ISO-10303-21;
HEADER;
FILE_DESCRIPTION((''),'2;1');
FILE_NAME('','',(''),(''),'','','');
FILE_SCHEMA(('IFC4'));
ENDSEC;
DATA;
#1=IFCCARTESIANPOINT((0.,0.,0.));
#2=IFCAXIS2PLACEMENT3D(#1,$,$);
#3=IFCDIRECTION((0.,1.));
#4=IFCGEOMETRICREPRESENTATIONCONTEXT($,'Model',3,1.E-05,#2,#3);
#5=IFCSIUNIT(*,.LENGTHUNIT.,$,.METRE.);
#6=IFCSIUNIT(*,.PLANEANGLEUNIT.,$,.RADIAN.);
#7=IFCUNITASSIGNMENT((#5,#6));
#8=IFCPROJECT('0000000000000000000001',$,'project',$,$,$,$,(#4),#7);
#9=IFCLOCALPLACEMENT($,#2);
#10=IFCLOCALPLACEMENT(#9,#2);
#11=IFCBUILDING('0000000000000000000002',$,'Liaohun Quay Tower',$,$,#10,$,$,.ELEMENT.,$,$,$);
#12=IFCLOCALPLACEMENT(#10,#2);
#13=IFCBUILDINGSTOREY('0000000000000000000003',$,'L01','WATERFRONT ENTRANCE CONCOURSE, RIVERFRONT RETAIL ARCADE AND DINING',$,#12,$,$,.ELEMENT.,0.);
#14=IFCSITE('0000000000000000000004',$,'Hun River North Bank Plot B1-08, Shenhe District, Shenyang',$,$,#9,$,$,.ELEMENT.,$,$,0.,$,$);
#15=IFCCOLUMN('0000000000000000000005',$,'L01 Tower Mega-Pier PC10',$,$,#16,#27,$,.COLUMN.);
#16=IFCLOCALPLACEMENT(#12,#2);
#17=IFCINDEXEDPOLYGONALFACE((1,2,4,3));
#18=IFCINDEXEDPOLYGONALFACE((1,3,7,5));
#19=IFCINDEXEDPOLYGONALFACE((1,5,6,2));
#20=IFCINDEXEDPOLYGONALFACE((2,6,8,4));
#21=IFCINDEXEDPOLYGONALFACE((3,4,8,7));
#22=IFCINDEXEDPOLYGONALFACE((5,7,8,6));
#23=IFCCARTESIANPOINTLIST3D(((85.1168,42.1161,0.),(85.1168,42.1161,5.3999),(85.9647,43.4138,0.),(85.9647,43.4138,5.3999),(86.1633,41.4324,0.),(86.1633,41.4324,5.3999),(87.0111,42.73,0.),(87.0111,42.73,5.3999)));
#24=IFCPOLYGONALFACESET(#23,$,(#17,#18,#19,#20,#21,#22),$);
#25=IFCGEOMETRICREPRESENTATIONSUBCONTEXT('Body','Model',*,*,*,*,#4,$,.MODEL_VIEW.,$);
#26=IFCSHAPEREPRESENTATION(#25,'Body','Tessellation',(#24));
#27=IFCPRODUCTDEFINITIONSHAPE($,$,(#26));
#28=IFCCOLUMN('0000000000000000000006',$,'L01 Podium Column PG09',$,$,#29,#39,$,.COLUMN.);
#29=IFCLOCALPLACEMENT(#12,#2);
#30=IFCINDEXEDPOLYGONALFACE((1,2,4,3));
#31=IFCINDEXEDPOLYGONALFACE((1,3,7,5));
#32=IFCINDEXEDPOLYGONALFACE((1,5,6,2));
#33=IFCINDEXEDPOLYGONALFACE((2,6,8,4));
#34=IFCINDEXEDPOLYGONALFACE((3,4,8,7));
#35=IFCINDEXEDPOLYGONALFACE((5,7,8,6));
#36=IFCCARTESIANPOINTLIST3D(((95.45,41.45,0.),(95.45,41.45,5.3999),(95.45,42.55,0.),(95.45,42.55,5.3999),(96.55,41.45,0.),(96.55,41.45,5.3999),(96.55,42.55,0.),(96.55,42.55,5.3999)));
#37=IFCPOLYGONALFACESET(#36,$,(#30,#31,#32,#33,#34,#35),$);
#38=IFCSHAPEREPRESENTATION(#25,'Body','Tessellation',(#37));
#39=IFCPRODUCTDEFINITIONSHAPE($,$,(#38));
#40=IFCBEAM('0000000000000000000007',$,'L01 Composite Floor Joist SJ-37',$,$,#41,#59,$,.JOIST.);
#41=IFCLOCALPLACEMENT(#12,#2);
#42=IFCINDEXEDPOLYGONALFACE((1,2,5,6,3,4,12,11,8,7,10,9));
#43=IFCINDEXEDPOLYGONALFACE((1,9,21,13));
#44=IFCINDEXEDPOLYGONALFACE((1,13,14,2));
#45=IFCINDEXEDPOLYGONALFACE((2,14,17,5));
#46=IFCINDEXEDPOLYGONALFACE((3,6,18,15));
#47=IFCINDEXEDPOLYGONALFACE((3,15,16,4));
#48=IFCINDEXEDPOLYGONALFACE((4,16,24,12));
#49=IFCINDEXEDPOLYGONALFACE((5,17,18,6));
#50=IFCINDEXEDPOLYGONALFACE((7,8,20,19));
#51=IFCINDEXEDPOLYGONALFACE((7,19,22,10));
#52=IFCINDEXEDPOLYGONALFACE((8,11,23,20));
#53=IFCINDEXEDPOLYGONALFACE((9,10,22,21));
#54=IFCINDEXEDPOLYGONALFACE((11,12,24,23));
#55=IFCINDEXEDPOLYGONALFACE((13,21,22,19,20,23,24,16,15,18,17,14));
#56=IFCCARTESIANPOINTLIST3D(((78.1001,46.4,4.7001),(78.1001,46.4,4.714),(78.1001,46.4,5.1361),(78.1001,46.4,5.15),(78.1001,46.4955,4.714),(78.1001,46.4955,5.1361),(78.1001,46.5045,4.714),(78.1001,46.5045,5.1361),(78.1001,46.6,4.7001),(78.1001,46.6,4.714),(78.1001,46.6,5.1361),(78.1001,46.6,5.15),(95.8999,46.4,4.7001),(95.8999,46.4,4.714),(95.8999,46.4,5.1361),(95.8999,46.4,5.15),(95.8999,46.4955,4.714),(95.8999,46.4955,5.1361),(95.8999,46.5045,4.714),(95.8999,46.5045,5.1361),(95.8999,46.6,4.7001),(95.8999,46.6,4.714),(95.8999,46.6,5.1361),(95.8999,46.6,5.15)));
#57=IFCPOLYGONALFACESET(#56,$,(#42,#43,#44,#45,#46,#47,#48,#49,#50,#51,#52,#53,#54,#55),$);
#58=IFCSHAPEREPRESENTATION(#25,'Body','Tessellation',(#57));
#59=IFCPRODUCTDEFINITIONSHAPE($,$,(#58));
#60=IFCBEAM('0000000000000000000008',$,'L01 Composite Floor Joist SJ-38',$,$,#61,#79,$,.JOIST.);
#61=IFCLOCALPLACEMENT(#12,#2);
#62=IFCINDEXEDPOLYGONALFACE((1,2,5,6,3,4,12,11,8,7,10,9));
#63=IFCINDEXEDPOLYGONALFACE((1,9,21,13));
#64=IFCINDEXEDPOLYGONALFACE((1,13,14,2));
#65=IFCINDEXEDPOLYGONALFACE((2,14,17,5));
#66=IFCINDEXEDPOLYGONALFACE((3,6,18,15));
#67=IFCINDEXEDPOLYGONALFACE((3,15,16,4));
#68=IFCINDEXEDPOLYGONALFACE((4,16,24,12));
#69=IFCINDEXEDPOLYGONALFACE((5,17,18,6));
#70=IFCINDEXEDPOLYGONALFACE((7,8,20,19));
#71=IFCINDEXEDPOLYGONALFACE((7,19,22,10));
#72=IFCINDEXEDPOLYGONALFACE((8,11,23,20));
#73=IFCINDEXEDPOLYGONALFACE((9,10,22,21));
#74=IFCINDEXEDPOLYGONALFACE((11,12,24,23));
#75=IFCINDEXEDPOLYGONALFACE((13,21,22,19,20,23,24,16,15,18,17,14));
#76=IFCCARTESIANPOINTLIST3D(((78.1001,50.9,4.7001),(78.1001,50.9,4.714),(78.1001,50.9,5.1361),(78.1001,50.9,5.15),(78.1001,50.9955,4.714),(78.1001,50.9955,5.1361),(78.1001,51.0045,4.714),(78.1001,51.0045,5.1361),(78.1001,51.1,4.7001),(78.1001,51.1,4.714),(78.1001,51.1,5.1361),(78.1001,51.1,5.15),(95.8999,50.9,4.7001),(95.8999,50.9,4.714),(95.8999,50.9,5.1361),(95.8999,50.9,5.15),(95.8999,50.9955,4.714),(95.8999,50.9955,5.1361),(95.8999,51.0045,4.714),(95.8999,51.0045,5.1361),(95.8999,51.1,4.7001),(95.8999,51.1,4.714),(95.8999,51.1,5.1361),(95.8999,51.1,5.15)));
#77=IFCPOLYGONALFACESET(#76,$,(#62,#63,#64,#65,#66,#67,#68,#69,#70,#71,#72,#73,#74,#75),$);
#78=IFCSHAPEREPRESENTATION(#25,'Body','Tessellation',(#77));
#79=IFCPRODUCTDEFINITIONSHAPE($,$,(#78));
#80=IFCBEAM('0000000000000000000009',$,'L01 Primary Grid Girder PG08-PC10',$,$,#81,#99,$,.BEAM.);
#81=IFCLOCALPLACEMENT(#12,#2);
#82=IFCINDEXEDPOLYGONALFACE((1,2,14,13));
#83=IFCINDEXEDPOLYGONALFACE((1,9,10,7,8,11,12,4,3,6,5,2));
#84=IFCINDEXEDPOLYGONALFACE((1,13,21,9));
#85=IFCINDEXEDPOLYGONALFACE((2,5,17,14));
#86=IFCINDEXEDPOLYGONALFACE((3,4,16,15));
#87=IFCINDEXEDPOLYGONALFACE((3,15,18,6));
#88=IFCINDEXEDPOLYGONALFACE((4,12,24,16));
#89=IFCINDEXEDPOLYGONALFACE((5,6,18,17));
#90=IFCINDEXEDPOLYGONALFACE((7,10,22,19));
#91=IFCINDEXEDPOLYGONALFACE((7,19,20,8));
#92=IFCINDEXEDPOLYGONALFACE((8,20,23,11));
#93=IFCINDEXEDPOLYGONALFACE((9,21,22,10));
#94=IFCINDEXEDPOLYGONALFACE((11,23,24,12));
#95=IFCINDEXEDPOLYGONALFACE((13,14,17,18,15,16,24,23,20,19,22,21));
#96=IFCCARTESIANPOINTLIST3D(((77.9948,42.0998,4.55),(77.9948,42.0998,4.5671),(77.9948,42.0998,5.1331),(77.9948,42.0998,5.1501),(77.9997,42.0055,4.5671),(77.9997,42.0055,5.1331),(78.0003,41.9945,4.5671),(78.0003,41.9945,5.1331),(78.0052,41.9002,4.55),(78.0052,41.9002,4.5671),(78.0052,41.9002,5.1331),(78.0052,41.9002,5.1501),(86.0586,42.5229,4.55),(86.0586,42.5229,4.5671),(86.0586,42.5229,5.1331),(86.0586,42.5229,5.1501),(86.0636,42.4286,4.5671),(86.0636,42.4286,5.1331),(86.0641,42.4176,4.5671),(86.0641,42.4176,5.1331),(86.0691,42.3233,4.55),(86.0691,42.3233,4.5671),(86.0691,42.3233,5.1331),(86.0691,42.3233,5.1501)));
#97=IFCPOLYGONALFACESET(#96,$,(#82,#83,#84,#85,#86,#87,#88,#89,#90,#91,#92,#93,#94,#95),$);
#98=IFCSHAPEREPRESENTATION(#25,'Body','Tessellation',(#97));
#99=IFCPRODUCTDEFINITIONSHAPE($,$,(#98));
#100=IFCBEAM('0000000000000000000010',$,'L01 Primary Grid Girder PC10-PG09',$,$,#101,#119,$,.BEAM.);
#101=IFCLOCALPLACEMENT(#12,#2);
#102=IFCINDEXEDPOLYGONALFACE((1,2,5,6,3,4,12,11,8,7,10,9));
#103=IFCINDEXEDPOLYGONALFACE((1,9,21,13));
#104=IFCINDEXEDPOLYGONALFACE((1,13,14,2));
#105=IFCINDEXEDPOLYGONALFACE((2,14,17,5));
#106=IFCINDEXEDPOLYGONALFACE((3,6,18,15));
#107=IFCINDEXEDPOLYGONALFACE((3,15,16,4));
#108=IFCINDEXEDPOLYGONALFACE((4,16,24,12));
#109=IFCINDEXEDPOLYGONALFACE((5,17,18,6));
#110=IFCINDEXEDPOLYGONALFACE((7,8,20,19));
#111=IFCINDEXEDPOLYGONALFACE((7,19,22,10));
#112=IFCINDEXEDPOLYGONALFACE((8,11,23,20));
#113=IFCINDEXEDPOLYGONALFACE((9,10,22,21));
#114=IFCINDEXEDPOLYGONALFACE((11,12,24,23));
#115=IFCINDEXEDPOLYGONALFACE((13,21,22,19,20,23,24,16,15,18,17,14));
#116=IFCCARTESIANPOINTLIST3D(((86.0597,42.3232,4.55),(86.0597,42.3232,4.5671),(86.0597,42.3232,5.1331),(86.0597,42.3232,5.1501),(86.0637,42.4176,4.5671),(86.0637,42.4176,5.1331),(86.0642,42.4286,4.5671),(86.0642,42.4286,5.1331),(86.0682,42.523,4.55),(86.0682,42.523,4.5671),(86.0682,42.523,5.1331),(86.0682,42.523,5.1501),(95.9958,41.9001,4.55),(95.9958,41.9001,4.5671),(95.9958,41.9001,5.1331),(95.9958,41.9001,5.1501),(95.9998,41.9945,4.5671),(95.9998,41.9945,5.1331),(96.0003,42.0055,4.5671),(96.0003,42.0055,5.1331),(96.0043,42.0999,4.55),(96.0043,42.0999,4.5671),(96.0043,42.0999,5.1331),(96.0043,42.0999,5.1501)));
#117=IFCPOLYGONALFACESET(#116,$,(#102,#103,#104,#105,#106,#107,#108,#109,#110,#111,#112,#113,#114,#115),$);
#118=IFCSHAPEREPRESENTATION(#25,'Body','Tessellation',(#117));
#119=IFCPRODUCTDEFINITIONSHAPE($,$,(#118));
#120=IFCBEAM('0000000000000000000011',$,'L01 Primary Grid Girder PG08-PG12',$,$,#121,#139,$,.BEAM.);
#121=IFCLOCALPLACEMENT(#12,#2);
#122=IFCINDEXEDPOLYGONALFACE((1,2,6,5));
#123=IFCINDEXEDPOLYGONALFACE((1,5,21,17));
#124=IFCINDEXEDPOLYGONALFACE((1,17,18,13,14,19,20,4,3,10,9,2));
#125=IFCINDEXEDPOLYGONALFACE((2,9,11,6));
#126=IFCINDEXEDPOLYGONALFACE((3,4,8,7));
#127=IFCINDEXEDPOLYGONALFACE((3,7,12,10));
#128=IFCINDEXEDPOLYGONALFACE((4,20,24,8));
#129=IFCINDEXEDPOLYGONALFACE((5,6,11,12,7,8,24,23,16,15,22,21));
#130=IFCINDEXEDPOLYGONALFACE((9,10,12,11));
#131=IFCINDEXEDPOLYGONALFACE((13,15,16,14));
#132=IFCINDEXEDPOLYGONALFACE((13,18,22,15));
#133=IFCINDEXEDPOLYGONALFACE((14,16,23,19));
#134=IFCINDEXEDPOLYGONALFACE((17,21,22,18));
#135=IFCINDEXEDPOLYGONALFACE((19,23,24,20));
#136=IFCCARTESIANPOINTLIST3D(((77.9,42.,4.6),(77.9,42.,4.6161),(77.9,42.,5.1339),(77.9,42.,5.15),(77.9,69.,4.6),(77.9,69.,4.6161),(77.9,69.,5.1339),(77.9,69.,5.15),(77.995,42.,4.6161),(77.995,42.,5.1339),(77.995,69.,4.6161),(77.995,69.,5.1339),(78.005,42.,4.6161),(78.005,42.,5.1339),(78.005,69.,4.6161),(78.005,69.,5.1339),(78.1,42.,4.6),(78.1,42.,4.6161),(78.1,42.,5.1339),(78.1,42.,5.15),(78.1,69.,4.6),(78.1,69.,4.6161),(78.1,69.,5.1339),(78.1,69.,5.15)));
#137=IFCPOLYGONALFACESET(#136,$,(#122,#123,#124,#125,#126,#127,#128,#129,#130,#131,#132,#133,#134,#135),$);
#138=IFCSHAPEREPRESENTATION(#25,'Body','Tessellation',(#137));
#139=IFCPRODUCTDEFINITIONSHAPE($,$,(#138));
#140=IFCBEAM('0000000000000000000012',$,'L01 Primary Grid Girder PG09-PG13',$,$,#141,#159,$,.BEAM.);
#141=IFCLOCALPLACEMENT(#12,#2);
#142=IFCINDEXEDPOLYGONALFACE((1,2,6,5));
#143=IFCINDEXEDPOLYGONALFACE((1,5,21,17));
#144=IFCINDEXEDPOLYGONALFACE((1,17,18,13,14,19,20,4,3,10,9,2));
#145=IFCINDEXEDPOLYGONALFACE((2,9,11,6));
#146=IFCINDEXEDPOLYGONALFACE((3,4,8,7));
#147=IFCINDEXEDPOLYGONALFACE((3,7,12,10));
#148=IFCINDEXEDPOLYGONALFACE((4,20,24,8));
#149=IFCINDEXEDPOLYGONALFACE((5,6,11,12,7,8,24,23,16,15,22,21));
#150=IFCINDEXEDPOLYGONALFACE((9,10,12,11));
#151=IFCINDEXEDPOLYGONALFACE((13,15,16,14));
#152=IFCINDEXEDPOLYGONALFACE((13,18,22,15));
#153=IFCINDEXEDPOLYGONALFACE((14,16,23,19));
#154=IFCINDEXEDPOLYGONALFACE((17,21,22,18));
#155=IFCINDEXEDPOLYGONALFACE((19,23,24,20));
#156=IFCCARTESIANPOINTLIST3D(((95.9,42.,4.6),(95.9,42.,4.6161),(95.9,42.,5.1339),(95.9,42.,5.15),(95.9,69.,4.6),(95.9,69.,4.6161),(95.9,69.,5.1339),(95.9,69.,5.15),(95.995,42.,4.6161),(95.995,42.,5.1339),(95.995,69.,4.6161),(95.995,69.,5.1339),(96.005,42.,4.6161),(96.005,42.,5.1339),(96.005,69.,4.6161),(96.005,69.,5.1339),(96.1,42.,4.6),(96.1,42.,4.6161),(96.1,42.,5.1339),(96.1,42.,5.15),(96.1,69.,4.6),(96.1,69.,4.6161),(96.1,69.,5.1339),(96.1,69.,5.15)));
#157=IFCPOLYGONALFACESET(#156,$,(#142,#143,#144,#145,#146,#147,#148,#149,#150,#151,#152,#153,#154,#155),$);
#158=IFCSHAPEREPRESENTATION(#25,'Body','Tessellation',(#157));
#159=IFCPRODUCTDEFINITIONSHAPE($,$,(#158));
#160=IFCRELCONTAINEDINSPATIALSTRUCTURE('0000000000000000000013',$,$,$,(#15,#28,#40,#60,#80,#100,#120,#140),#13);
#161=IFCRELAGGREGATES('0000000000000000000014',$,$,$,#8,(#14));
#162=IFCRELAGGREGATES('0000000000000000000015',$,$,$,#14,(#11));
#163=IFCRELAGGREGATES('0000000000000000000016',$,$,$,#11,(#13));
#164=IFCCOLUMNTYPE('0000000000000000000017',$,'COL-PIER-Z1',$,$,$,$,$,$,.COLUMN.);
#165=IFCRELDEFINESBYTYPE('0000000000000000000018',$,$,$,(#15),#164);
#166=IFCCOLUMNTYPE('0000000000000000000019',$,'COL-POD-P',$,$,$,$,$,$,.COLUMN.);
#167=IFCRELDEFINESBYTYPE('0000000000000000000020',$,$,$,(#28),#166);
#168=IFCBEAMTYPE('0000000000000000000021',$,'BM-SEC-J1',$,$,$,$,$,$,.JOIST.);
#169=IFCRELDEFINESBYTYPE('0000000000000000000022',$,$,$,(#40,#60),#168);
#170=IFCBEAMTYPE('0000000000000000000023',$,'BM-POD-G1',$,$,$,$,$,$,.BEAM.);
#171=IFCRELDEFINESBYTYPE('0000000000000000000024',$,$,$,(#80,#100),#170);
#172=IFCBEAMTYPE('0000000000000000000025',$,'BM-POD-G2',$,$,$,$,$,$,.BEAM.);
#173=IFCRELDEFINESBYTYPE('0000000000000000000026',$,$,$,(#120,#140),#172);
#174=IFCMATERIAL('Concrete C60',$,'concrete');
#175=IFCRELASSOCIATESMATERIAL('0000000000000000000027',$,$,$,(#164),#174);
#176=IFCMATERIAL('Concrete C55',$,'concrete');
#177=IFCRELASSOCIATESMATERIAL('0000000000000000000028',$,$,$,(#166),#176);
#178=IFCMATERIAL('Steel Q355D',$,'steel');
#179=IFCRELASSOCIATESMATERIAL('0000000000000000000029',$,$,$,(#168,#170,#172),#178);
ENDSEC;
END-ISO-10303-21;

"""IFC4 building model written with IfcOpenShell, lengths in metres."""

from ifc_helpers import new_model, si_unit, direction, frame, origin, origin_2d, place, context, subcontext, project, spatial, rectangle, i_section, extrude, source, transform, mapped, material, material_profile, profile_set, type_object, element, save


model = new_model("IFC4")

# Units and contexts
model_context = context("Model", 3, precision=1e-05, world=origin(), true_north=direction((0.0, 1.0)))
body_context = subcontext(model_context, "Body", "Model", "MODEL_VIEW")
ifc_project = project(units=[si_unit("LENGTHUNIT", "METRE"), si_unit("PLANEANGLEUNIT", "RADIAN")], contexts=[model_context])

# Site, building, storey
site_placement = place(None, origin())
site = spatial("IfcSite", under=ifc_project, at=site_placement, Name="Hun River North Bank Plot B1-08, Shenhe District, Shenyang", CompositionType="ELEMENT", RefElevation=0.0)
building_placement = place(site_placement, origin())
building = spatial("IfcBuilding", under=site, at=building_placement, Name="Liaohun Quay Tower", CompositionType="ELEMENT")
storey_placement = place(building_placement, origin())
storey = spatial("IfcBuildingStorey", under=building, at=storey_placement, Name="L01", Description="WATERFRONT ENTRANCE CONCOURSE, RIVERFRONT RETAIL ARCADE AND DINING", CompositionType="ELEMENT", Elevation=0.0)

# Columns
ifc_material_1 = material(Name="Concrete C60", Category="concrete")
ifc_material_profile_1 = material_profile(ifc_material_1, rectangle(XDim=1.55, YDim=1.25, at=origin_2d()), Name="RC1550x1250")
ifc_profile_set_1 = profile_set([ifc_material_profile_1], Name="Concrete C60")
column_type_1 = type_object("IfcColumnType", Name="COL-PIER-Z1", PredefinedType="COLUMN", material=ifc_profile_set_1)
shared_shape_1 = source(origin(), body_context, "Body", "SweptSolid", [
    extrude(rectangle(XDim=1.55, YDim=1.25, at=origin_2d()), origin(), (0.0, 0.0, 1.0), 5.3999),
])
column_1_placement = place(storey_placement, frame((86.064, 42.4231, 0.0), z_axis=(0.0, 0.0, 1.0), x_axis=(0.546979, 0.837146, 0.0)))
element("IfcColumn", 1, at=column_1_placement, inside=storey, type_object=column_type_1, Name="L01 Tower Mega-Pier PC10", PredefinedType="COLUMN", context=body_context, shape_type="MappedRepresentation", body=[
    mapped(shared_shape_1, transform((0.0, 0.0, 0.0), x_axis=(1.0, 0.0, 0.0), y_axis=(0.0, 1.0, 0.0), z_axis=(0.0, 0.0, 1.0), scale=1.0)),
])
ifc_material_2 = material(Name="Concrete C55", Category="concrete")
ifc_material_profile_2 = material_profile(ifc_material_2, rectangle(XDim=1.1001, YDim=1.1001, at=origin_2d()), Name="RC1100x1100")
ifc_profile_set_2 = profile_set([ifc_material_profile_2], Name="Concrete C55")
column_type_2 = type_object("IfcColumnType", Name="COL-POD-P", PredefinedType="COLUMN", material=ifc_profile_set_2)
shared_shape_2 = source(origin(), body_context, "Body", "SweptSolid", [
    extrude(rectangle(XDim=1.1001, YDim=1.1001, at=origin_2d()), origin(), (0.0, 0.0, 1.0), 5.3999),
])
column_2_placement = place(storey_placement, frame((96.0, 42.0, 0.0), z_axis=(0.0, 0.0, 1.0), x_axis=(1.0, 0.0, 0.0)))
element("IfcColumn", 2, at=column_2_placement, inside=storey, type_object=column_type_2, Name="L01 Podium Column PG09", PredefinedType="COLUMN", context=body_context, shape_type="MappedRepresentation", body=[
    mapped(shared_shape_2, transform((0.0, 0.0, 0.0), x_axis=(1.0, 0.0, 0.0), y_axis=(0.0, 1.0, 0.0), z_axis=(0.0, 0.0, 1.0), scale=1.0)),
])

# Beams
ifc_material_3 = material(Name="Steel Q355D", Category="steel")
ifc_material_profile_3 = material_profile(ifc_material_3, i_section(OverallWidth=0.2, OverallDepth=0.45, WebThickness=0.009, FlangeThickness=0.0139, at=origin_2d()), Name="HN450x200x9x14")
ifc_profile_set_3 = profile_set([ifc_material_profile_3], Name="Steel Q355D")
beam_type_1 = type_object("IfcBeamType", Name="BM-SEC-J1", PredefinedType="JOIST", material=ifc_profile_set_3)
shared_shape_3 = source(origin(), body_context, "Body", "SweptSolid", [
    extrude(i_section(OverallWidth=0.2, OverallDepth=0.45, WebThickness=0.009, FlangeThickness=0.0139, at=origin_2d()), origin(), (0.0, 0.0, 1.0), 17.7998),
])
for number, where, z_axis, x_axis, name in (
    (3, (78.1001, 46.5, 4.925), (1.0, 0.0, 0.0), (0.0, 1.0, 0.0), "L01 Composite Floor Joist SJ-37"),
    (4, (78.1001, 51.0, 4.925), (1.0, 0.0, 0.0), (0.0, 1.0, 0.0), "L01 Composite Floor Joist SJ-38"),
):
    element("IfcBeam", number, at=place(storey_placement, frame(where, z_axis=z_axis, x_axis=x_axis)), inside=storey, type_object=beam_type_1, Name=name, PredefinedType="JOIST", context=body_context, shape_type="MappedRepresentation", body=[
        mapped(shared_shape_3, transform((0.0, 0.0, 0.0), x_axis=(1.0, 0.0, 0.0), y_axis=(0.0, 1.0, 0.0), z_axis=(0.0, 0.0, 1.0), scale=1.0)),
    ])
ifc_material_profile_4 = material_profile(ifc_material_3, i_section(OverallWidth=0.2, OverallDepth=0.6001, WebThickness=0.011, FlangeThickness=0.0171, at=origin_2d()), Name="HN600x200x11x17")
ifc_profile_set_4 = profile_set([ifc_material_profile_4], Name="Steel Q355D")
beam_type_2 = type_object("IfcBeamType", Name="BM-POD-G1", PredefinedType="BEAM", material=ifc_profile_set_4)
shared_shape_4 = source(origin(), body_context, "Body", "SweptSolid", [
    extrude(i_section(OverallWidth=0.2, OverallDepth=0.6001, WebThickness=0.011, FlangeThickness=0.0171, at=origin_2d()), origin(), (0.0, 0.0, 1.0), 8.075),
])
beam_1_placement = place(storey_placement, frame((78.0, 42.0, 4.8501), z_axis=(0.998626, 0.052395, 0.0), x_axis=(-0.052395, 0.998626, 0.0)))
element("IfcBeam", 5, at=beam_1_placement, inside=storey, type_object=beam_type_2, Name="L01 Primary Grid Girder PG08-PC10", PredefinedType="BEAM", context=body_context, shape_type="MappedRepresentation", body=[
    mapped(shared_shape_4, transform((0.0, 0.0, 0.0), x_axis=(1.0, 0.0, 0.0), y_axis=(0.0, 1.0, 0.0), z_axis=(0.0, 0.0, 1.0), scale=1.0)),
])
shared_shape_5 = source(origin(), body_context, "Body", "SweptSolid", [
    extrude(i_section(OverallWidth=0.2, OverallDepth=0.6001, WebThickness=0.011, FlangeThickness=0.0171, at=origin_2d()), origin(), (0.0, 0.0, 1.0), 9.9451),
])
beam_2_placement = place(storey_placement, frame((86.064, 42.4231, 4.8501), z_axis=(0.999095, -0.042543, 0.0), x_axis=(0.042543, 0.999095, 0.0)))
element("IfcBeam", 6, at=beam_2_placement, inside=storey, type_object=beam_type_2, Name="L01 Primary Grid Girder PC10-PG09", PredefinedType="BEAM", context=body_context, shape_type="MappedRepresentation", body=[
    mapped(shared_shape_5, transform((0.0, 0.0, 0.0), x_axis=(1.0, 0.0, 0.0), y_axis=(0.0, 1.0, 0.0), z_axis=(0.0, 0.0, 1.0), scale=1.0)),
])
ifc_material_profile_5 = material_profile(ifc_material_3, i_section(OverallWidth=0.2, OverallDepth=0.55, WebThickness=0.01, FlangeThickness=0.0161, at=origin_2d()), Name="HN550x200x10x16")
ifc_profile_set_5 = profile_set([ifc_material_profile_5], Name="Steel Q355D")
beam_type_3 = type_object("IfcBeamType", Name="BM-POD-G2", PredefinedType="BEAM", material=ifc_profile_set_5)
shared_shape_6 = source(origin(), body_context, "Body", "SweptSolid", [
    extrude(i_section(OverallWidth=0.2, OverallDepth=0.55, WebThickness=0.01, FlangeThickness=0.0161, at=origin_2d()), origin(), (0.0, 0.0, 1.0), 27.0),
])
for number, where, z_axis, x_axis, name in (
    (7, (78.0, 42.0, 4.875), (0.0, 1.0, 0.0), (-1.0, 0.0, 0.0), "L01 Primary Grid Girder PG08-PG12"),
    (8, (96.0, 42.0, 4.875), (0.0, 1.0, 0.0), (-1.0, 0.0, 0.0), "L01 Primary Grid Girder PG09-PG13"),
):
    element("IfcBeam", number, at=place(storey_placement, frame(where, z_axis=z_axis, x_axis=x_axis)), inside=storey, type_object=beam_type_3, Name=name, PredefinedType="BEAM", context=body_context, shape_type="MappedRepresentation", body=[
        mapped(shared_shape_6, transform((0.0, 0.0, 0.0), x_axis=(1.0, 0.0, 0.0), y_axis=(0.0, 1.0, 0.0), z_axis=(0.0, 0.0, 1.0), scale=1.0)),
    ])

save(model, "model.ifc")
